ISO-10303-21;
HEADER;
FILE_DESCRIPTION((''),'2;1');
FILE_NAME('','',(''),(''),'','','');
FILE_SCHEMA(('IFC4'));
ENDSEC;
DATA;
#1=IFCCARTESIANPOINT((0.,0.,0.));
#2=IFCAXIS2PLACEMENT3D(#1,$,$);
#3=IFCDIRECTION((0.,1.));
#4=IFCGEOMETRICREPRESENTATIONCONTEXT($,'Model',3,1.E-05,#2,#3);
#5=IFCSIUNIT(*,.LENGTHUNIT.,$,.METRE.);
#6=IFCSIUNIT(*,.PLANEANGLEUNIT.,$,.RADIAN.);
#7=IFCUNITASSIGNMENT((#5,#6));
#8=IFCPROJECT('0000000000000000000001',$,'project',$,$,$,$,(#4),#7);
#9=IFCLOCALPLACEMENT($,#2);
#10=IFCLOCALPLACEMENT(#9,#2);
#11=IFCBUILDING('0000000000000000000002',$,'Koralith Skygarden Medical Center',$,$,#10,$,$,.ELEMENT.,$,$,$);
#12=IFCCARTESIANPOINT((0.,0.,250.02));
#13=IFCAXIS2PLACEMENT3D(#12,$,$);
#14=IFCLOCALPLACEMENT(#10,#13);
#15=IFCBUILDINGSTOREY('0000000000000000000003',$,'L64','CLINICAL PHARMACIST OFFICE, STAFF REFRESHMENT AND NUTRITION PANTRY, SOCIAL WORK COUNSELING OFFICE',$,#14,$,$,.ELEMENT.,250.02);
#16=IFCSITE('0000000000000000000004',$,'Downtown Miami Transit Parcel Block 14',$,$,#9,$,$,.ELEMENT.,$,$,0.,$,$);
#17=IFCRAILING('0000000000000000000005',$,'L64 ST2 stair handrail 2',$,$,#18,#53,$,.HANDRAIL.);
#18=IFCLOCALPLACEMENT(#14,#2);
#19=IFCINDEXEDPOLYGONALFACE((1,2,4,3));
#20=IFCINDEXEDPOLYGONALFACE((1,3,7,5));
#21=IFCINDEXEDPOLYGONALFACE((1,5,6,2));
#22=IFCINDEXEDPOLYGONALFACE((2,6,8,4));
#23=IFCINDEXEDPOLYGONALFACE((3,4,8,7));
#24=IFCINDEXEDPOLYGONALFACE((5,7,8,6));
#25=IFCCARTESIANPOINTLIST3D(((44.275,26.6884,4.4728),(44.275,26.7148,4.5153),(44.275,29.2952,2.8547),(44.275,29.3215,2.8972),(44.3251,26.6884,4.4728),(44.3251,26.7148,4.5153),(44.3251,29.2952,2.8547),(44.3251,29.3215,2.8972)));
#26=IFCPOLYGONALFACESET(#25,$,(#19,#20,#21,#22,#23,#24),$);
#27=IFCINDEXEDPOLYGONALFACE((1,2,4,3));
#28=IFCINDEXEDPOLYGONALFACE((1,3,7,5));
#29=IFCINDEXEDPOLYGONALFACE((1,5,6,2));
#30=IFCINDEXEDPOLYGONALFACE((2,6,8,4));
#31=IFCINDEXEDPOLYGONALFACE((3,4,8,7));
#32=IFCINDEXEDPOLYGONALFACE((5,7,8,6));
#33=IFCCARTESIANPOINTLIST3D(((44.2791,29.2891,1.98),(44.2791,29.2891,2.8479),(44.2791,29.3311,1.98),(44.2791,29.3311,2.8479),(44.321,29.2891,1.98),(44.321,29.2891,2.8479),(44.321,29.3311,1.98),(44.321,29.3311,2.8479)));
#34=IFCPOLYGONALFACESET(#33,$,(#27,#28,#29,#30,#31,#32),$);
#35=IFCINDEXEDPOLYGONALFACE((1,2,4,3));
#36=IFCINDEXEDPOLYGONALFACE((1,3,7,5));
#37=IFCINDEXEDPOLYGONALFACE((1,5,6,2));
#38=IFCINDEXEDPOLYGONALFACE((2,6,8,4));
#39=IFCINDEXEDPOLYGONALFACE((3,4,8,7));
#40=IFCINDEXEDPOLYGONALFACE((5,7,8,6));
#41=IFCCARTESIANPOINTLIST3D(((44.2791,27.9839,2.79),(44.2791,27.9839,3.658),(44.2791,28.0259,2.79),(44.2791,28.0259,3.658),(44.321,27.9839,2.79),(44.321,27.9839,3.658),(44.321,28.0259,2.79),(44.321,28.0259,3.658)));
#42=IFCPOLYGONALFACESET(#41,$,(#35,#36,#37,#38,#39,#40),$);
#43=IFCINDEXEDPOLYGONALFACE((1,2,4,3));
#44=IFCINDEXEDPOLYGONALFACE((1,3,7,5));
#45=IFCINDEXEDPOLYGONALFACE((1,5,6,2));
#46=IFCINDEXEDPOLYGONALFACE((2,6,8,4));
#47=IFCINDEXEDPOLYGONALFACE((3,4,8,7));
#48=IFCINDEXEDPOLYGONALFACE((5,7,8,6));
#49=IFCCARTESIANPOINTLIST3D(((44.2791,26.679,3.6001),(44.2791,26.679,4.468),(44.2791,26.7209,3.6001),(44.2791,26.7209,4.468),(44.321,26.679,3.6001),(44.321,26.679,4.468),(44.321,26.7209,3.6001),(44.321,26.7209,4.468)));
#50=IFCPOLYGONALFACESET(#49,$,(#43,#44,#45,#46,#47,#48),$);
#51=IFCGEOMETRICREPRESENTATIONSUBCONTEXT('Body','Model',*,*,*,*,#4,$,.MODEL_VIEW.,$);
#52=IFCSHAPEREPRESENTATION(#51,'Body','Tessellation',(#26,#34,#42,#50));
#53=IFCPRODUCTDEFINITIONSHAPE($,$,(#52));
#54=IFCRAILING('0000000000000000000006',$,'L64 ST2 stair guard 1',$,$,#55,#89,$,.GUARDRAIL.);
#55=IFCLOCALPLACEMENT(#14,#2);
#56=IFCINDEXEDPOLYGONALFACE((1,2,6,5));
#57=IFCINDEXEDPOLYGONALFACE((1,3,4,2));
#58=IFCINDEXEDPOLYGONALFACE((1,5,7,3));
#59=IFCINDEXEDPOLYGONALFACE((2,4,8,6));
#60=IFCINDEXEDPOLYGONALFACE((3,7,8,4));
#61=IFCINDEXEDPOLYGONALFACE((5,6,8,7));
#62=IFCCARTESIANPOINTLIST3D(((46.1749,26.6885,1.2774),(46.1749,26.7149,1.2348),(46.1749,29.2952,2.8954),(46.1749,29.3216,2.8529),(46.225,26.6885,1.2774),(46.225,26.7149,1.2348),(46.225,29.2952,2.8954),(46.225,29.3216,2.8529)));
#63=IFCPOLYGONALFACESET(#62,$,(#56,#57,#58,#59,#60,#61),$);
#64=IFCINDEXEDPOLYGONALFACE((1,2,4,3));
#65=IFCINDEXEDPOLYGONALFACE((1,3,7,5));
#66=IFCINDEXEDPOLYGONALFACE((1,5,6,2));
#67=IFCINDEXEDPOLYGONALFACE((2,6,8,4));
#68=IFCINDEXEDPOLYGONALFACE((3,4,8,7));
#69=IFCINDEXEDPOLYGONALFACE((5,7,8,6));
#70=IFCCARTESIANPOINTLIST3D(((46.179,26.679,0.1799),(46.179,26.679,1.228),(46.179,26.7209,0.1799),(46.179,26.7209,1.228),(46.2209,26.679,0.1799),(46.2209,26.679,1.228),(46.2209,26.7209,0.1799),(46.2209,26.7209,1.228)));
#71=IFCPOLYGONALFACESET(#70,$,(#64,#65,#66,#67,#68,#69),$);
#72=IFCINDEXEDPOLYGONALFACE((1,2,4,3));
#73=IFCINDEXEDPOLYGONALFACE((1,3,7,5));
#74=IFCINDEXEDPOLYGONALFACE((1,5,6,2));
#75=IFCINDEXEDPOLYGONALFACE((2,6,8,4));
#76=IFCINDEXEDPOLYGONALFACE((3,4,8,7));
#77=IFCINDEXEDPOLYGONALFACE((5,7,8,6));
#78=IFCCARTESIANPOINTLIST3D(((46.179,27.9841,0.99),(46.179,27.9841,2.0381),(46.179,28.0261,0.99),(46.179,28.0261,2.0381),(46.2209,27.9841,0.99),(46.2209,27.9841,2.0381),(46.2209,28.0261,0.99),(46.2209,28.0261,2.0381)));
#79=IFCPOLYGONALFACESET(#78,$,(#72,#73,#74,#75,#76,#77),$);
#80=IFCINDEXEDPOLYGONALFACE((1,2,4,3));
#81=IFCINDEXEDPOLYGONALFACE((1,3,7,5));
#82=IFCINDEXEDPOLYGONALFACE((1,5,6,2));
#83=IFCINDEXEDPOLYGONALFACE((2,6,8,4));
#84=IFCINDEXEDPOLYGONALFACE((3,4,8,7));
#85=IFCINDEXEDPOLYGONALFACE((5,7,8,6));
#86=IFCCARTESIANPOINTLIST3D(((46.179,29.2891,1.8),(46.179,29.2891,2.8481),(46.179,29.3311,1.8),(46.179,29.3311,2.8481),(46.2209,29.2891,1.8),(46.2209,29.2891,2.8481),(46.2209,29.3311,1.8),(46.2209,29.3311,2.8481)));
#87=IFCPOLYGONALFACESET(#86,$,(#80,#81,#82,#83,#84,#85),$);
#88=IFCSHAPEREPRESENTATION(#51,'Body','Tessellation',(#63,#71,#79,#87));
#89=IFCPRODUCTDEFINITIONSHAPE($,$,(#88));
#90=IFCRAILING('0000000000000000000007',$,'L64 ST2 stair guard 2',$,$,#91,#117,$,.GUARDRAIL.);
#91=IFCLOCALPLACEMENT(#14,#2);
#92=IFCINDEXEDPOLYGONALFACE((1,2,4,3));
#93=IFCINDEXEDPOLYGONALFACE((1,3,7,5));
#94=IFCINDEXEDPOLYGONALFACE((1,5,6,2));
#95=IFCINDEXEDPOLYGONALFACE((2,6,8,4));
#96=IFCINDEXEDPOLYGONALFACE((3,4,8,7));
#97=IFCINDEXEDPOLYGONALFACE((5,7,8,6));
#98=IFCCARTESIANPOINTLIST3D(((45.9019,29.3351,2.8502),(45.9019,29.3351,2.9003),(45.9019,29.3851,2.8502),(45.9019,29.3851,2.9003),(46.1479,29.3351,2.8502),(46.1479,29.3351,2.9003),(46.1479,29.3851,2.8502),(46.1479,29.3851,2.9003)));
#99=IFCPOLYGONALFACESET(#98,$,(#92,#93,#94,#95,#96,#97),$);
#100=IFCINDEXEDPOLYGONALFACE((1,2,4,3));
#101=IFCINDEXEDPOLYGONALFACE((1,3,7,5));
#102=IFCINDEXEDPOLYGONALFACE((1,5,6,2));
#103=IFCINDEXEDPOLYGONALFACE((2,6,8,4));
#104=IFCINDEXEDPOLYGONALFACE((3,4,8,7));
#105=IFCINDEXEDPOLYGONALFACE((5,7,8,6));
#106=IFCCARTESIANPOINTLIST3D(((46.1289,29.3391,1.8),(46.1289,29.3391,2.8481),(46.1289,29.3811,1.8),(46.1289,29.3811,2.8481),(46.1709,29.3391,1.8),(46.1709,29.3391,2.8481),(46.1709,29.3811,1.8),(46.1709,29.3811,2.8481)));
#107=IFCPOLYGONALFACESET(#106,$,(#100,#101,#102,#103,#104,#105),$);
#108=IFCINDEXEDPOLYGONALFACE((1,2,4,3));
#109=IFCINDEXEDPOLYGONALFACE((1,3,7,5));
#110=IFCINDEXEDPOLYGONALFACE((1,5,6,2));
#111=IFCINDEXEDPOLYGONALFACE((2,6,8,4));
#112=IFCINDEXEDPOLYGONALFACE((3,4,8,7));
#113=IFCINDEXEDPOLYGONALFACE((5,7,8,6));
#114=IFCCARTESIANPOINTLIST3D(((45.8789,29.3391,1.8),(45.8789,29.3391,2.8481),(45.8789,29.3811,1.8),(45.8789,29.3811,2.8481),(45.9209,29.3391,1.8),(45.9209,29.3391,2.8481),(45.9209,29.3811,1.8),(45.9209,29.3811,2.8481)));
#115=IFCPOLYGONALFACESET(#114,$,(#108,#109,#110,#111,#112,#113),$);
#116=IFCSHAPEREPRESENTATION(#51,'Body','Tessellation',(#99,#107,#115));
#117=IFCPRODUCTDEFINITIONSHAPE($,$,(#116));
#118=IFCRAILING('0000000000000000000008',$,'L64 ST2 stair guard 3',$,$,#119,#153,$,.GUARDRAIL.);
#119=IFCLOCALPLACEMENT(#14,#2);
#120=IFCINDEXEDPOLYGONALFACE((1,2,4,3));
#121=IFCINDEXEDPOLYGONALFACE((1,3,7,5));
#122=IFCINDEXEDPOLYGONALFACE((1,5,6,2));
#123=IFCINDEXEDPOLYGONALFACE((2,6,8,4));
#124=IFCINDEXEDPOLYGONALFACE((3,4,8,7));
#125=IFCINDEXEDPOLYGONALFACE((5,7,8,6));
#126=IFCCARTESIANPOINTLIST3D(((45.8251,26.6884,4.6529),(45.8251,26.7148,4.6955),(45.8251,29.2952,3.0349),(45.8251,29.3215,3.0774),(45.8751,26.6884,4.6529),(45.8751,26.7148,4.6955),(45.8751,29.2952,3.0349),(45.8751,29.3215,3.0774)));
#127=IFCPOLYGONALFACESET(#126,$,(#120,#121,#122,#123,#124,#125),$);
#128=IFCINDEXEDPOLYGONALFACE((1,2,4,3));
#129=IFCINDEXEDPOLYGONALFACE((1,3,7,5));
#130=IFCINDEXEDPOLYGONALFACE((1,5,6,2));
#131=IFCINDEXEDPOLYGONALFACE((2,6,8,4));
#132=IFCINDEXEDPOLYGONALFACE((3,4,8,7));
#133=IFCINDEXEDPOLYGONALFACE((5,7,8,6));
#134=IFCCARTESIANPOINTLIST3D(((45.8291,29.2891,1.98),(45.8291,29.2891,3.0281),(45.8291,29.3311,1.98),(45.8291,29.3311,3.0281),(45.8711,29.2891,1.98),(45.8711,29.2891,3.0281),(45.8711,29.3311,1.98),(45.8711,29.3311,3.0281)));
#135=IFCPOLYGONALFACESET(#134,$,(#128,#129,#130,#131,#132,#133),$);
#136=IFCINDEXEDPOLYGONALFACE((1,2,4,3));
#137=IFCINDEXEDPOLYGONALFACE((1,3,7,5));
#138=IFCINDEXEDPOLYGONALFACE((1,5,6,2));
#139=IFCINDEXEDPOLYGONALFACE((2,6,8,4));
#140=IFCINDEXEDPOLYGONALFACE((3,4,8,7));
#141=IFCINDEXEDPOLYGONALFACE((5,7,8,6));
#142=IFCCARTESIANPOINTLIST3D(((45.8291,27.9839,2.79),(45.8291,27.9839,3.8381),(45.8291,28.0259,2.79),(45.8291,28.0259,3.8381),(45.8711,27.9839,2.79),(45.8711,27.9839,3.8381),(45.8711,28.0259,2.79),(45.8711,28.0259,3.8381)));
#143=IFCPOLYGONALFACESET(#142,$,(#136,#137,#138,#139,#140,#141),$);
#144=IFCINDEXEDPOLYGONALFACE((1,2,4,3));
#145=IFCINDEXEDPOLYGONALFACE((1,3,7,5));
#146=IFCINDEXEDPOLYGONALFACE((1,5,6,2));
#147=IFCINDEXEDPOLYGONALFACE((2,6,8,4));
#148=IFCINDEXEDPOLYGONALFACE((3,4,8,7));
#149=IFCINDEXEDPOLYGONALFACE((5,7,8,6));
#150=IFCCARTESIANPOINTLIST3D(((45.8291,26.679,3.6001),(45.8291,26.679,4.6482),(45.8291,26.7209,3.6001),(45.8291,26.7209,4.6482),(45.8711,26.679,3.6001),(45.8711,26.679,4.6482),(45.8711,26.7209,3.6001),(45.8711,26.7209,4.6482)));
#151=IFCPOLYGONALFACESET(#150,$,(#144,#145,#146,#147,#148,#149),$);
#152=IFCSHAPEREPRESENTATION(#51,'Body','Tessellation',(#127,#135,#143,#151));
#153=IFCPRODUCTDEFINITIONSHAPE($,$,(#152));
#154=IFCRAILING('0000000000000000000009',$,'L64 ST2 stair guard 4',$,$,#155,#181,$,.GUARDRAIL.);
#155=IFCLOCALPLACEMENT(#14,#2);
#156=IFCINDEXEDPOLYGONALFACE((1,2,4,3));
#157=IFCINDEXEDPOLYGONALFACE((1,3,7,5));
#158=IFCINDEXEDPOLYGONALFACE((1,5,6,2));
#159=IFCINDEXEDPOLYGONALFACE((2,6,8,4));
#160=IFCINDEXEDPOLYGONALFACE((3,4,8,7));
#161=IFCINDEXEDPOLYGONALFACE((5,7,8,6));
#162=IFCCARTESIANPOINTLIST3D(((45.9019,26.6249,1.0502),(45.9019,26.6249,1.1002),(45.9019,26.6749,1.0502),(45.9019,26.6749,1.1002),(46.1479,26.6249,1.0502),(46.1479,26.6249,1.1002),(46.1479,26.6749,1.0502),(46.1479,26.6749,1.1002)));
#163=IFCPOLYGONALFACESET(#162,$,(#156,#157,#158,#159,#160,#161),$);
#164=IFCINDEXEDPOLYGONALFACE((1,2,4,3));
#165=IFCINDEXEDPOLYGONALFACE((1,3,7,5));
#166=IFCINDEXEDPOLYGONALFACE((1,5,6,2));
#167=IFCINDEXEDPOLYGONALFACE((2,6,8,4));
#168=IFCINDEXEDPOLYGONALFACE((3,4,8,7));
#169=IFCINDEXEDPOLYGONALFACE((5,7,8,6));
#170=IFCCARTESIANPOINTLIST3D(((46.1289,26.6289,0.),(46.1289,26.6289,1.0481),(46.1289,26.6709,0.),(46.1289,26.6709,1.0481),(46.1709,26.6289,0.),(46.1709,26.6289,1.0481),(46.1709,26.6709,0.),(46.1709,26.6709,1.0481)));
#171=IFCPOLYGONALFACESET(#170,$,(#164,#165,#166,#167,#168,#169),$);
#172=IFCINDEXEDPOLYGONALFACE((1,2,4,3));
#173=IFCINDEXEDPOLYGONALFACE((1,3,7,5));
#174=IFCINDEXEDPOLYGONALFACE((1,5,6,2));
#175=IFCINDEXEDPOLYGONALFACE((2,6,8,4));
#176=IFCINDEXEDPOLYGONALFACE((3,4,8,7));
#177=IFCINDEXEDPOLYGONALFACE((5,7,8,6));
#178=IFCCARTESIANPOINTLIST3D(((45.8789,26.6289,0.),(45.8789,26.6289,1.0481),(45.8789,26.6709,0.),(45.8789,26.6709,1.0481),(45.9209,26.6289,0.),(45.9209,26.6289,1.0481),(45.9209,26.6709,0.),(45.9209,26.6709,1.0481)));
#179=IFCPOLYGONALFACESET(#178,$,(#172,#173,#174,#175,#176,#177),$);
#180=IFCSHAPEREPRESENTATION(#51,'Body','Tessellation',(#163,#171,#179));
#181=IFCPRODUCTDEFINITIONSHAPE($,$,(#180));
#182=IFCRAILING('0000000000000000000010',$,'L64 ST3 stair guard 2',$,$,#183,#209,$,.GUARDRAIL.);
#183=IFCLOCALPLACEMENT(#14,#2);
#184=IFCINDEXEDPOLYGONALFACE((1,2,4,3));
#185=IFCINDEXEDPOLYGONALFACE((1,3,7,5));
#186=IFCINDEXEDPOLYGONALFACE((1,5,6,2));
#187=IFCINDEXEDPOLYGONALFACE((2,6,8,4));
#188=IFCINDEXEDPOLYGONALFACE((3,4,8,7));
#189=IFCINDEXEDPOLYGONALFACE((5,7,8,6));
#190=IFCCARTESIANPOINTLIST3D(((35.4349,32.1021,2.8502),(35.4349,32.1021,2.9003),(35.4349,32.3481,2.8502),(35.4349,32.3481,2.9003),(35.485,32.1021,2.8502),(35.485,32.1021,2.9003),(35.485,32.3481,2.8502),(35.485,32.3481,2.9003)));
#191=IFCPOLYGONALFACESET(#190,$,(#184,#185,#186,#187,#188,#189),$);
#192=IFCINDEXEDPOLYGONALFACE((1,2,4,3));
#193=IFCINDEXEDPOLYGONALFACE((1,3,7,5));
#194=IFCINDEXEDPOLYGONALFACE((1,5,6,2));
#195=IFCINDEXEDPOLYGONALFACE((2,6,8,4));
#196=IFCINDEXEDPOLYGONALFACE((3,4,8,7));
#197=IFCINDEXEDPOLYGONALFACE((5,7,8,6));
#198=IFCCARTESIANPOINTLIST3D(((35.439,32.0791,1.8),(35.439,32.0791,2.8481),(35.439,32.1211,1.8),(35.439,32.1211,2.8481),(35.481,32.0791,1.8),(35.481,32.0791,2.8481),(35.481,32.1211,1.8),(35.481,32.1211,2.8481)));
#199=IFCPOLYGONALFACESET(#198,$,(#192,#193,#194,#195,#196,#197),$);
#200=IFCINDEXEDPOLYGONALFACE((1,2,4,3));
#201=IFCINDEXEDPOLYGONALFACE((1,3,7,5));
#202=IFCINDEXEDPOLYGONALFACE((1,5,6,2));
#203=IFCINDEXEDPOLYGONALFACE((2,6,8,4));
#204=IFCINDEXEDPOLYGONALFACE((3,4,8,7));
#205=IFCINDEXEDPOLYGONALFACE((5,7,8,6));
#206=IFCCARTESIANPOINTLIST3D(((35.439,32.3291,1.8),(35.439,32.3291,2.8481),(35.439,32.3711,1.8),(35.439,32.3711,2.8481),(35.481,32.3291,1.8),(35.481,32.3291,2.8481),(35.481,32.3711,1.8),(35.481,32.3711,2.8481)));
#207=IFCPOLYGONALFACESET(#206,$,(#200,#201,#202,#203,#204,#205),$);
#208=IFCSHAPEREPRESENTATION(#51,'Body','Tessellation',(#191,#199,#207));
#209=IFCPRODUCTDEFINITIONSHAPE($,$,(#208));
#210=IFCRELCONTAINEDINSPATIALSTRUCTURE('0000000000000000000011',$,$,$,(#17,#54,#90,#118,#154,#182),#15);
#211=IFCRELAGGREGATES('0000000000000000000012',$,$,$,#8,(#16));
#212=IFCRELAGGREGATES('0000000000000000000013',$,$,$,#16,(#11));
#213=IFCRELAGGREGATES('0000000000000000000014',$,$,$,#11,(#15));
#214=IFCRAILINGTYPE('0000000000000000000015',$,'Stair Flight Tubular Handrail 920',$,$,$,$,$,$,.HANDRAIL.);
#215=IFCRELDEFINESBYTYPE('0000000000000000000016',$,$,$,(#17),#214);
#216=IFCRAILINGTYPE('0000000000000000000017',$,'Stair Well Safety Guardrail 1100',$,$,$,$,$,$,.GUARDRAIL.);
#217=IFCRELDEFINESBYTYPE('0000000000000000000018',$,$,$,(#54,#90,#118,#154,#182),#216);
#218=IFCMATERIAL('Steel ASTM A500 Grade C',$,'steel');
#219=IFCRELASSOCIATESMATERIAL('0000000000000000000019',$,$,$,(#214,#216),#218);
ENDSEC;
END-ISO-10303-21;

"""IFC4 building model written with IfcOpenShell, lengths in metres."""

from ifc_helpers import new_model, si_unit, direction, frame, origin, origin_2d, place, context, subcontext, project, spatial, rectangle, extrude, material, type_object, element, save


model = new_model("IFC4")

# Units and contexts
model_context = context("Model", 3, precision=1e-05, world=origin(), true_north=direction((0.0, 1.0)))
body_context = subcontext(model_context, "Body", "Model", "MODEL_VIEW")
ifc_project = project(units=[si_unit("LENGTHUNIT", "METRE"), si_unit("PLANEANGLEUNIT", "RADIAN")], contexts=[model_context])

# Site, building, storey
site_placement = place(None, origin())
site = spatial("IfcSite", under=ifc_project, at=site_placement, Name="Downtown Miami Transit Parcel Block 14", CompositionType="ELEMENT", RefElevation=0.0)
building_placement = place(site_placement, origin())
building = spatial("IfcBuilding", under=site, at=building_placement, Name="Koralith Skygarden Medical Center", CompositionType="ELEMENT")
storey_placement = place(building_placement, frame((0.0, 0.0, 250.02)))
storey = spatial("IfcBuildingStorey", under=building, at=storey_placement, Name="L64", Description="CLINICAL PHARMACIST OFFICE, STAFF REFRESHMENT AND NUTRITION PANTRY, SOCIAL WORK COUNSELING OFFICE", CompositionType="ELEMENT", Elevation=250.02)

# Shared definitions
ifc_material_1 = material(Name="Steel ASTM A500 Grade C", Category="steel")

# Railings
railing_type_1 = type_object("IfcRailingType", Name="Stair Flight Tubular Handrail 920", PredefinedType="HANDRAIL", material=ifc_material_1)
railing_1_placement = place(storey_placement, frame((44.3, 29.3101, 1.98)))
element("IfcRailing", 1, at=railing_1_placement, inside=storey, type_object=railing_type_1, Name="L64 ST2 stair handrail 2", PredefinedType="HANDRAIL", context=body_context, shape_type="SweptSolid", body=[
    extrude(rectangle(XDim=0.05, YDim=0.05, at=origin_2d()), frame((0.0, -0.0017, 0.896), z_axis=(0.0, -0.849633, 0.527375), x_axis=(1.0, 0.0, 0.0)), (0.0, 0.0, 1.0), 3.0681),
    extrude(rectangle(XDim=0.042, YDim=0.042, at=origin_2d()), origin(), (0.0, 0.0, 1.0), 0.8679),
    extrude(rectangle(XDim=0.042, YDim=0.042, at=origin_2d()), frame((0.0, -1.3052, 0.8101)), (0.0, 0.0, 1.0), 0.8679),
    extrude(rectangle(XDim=0.042, YDim=0.042, at=origin_2d()), frame((0.0, -2.6101, 1.6201)), (0.0, 0.0, 1.0), 0.8679),
])
railing_type_2 = type_object("IfcRailingType", Name="Stair Well Safety Guardrail 1100", PredefinedType="GUARDRAIL", material=ifc_material_1)
railing_2_placement = place(storey_placement, frame((46.2, 26.7, 0.1799)))
element("IfcRailing", 2, at=railing_2_placement, inside=storey, type_object=railing_type_2, Name="L64 ST2 stair guard 1", PredefinedType="GUARDRAIL", context=body_context, shape_type="SweptSolid", body=[
    extrude(rectangle(XDim=0.05, YDim=0.05, at=origin_2d()), frame((0.0, 0.0017, 1.0762), z_axis=(0.0, 0.849633, 0.527375), x_axis=(-1.0, 0.0, 0.0)), (0.0, 0.0, 1.0), 3.0681),
    extrude(rectangle(XDim=0.042, YDim=0.042, at=origin_2d()), origin(), (0.0, 0.0, 1.0), 1.0481),
    extrude(rectangle(XDim=0.042, YDim=0.042, at=origin_2d()), frame((0.0, 1.3052, 0.8101)), (0.0, 0.0, 1.0), 1.0481),
    extrude(rectangle(XDim=0.042, YDim=0.042, at=origin_2d()), frame((0.0, 2.6101, 1.6201)), (0.0, 0.0, 1.0), 1.0481),
])
railing_3_placement = place(storey_placement, frame((46.1499, 29.3601, 1.8)))
element("IfcRailing", 3, at=railing_3_placement, inside=storey, type_object=railing_type_2, Name="L64 ST2 stair guard 2", PredefinedType="GUARDRAIL", context=body_context, shape_type="SweptSolid", body=[
    extrude(rectangle(XDim=0.05, YDim=0.05, at=origin_2d()), frame((-0.002, 0.0, 1.0752), z_axis=(-1.0, 0.0, 0.0), x_axis=(0.0, -1.0, 0.0)), (0.0, 0.0, 1.0), 0.2461),
    extrude(rectangle(XDim=0.042, YDim=0.042, at=origin_2d()), origin(), (0.0, 0.0, 1.0), 1.0481),
    extrude(rectangle(XDim=0.042, YDim=0.042, at=origin_2d()), frame((-0.25, 0.0, 0.0)), (0.0, 0.0, 1.0), 1.0481),
])
railing_4_placement = place(storey_placement, frame((45.8501, 29.3101, 1.98)))
element("IfcRailing", 4, at=railing_4_placement, inside=storey, type_object=railing_type_2, Name="L64 ST2 stair guard 3", PredefinedType="GUARDRAIL", context=body_context, shape_type="SweptSolid", body=[
    extrude(rectangle(XDim=0.05, YDim=0.05, at=origin_2d()), frame((0.0, -0.0017, 1.0762), z_axis=(0.0, -0.849633, 0.527375), x_axis=(1.0, 0.0, 0.0)), (0.0, 0.0, 1.0), 3.0681),
    extrude(rectangle(XDim=0.042, YDim=0.042, at=origin_2d()), origin(), (0.0, 0.0, 1.0), 1.0481),
    extrude(rectangle(XDim=0.042, YDim=0.042, at=origin_2d()), frame((0.0, -1.3052, 0.8101)), (0.0, 0.0, 1.0), 1.0481),
    extrude(rectangle(XDim=0.042, YDim=0.042, at=origin_2d()), frame((0.0, -2.6101, 1.6201)), (0.0, 0.0, 1.0), 1.0481),
])
railing_5_placement = place(storey_placement, frame((46.1499, 26.6499, 0.0)))
element("IfcRailing", 5, at=railing_5_placement, inside=storey, type_object=railing_type_2, Name="L64 ST2 stair guard 4", PredefinedType="GUARDRAIL", context=body_context, shape_type="SweptSolid", body=[
    extrude(rectangle(XDim=0.05, YDim=0.05, at=origin_2d()), frame((-0.002, 0.0, 1.0752), z_axis=(-1.0, 0.0, 0.0), x_axis=(0.0, -1.0, 0.0)), (0.0, 0.0, 1.0), 0.2461),
    extrude(rectangle(XDim=0.042, YDim=0.042, at=origin_2d()), origin(), (0.0, 0.0, 1.0), 1.0481),
    extrude(rectangle(XDim=0.042, YDim=0.042, at=origin_2d()), frame((-0.25, 0.0, 0.0)), (0.0, 0.0, 1.0), 1.0481),
])
railing_6_placement = place(storey_placement, frame((35.46, 32.1001, 1.8)))
element("IfcRailing", 6, at=railing_6_placement, inside=storey, type_object=railing_type_2, Name="L64 ST3 stair guard 2", PredefinedType="GUARDRAIL", context=body_context, shape_type="SweptSolid", body=[
    extrude(rectangle(XDim=0.05, YDim=0.05, at=origin_2d()), frame((0.0, 0.002, 1.0752), z_axis=(0.0, 1.0, 0.0), x_axis=(-1.0, 0.0, 0.0)), (0.0, 0.0, 1.0), 0.2461),
    extrude(rectangle(XDim=0.042, YDim=0.042, at=origin_2d()), origin(), (0.0, 0.0, 1.0), 1.0481),
    extrude(rectangle(XDim=0.042, YDim=0.042, at=origin_2d()), frame((0.0, 0.25, 0.0)), (0.0, 0.0, 1.0), 1.0481),
])

save(model, "model.ifc")
